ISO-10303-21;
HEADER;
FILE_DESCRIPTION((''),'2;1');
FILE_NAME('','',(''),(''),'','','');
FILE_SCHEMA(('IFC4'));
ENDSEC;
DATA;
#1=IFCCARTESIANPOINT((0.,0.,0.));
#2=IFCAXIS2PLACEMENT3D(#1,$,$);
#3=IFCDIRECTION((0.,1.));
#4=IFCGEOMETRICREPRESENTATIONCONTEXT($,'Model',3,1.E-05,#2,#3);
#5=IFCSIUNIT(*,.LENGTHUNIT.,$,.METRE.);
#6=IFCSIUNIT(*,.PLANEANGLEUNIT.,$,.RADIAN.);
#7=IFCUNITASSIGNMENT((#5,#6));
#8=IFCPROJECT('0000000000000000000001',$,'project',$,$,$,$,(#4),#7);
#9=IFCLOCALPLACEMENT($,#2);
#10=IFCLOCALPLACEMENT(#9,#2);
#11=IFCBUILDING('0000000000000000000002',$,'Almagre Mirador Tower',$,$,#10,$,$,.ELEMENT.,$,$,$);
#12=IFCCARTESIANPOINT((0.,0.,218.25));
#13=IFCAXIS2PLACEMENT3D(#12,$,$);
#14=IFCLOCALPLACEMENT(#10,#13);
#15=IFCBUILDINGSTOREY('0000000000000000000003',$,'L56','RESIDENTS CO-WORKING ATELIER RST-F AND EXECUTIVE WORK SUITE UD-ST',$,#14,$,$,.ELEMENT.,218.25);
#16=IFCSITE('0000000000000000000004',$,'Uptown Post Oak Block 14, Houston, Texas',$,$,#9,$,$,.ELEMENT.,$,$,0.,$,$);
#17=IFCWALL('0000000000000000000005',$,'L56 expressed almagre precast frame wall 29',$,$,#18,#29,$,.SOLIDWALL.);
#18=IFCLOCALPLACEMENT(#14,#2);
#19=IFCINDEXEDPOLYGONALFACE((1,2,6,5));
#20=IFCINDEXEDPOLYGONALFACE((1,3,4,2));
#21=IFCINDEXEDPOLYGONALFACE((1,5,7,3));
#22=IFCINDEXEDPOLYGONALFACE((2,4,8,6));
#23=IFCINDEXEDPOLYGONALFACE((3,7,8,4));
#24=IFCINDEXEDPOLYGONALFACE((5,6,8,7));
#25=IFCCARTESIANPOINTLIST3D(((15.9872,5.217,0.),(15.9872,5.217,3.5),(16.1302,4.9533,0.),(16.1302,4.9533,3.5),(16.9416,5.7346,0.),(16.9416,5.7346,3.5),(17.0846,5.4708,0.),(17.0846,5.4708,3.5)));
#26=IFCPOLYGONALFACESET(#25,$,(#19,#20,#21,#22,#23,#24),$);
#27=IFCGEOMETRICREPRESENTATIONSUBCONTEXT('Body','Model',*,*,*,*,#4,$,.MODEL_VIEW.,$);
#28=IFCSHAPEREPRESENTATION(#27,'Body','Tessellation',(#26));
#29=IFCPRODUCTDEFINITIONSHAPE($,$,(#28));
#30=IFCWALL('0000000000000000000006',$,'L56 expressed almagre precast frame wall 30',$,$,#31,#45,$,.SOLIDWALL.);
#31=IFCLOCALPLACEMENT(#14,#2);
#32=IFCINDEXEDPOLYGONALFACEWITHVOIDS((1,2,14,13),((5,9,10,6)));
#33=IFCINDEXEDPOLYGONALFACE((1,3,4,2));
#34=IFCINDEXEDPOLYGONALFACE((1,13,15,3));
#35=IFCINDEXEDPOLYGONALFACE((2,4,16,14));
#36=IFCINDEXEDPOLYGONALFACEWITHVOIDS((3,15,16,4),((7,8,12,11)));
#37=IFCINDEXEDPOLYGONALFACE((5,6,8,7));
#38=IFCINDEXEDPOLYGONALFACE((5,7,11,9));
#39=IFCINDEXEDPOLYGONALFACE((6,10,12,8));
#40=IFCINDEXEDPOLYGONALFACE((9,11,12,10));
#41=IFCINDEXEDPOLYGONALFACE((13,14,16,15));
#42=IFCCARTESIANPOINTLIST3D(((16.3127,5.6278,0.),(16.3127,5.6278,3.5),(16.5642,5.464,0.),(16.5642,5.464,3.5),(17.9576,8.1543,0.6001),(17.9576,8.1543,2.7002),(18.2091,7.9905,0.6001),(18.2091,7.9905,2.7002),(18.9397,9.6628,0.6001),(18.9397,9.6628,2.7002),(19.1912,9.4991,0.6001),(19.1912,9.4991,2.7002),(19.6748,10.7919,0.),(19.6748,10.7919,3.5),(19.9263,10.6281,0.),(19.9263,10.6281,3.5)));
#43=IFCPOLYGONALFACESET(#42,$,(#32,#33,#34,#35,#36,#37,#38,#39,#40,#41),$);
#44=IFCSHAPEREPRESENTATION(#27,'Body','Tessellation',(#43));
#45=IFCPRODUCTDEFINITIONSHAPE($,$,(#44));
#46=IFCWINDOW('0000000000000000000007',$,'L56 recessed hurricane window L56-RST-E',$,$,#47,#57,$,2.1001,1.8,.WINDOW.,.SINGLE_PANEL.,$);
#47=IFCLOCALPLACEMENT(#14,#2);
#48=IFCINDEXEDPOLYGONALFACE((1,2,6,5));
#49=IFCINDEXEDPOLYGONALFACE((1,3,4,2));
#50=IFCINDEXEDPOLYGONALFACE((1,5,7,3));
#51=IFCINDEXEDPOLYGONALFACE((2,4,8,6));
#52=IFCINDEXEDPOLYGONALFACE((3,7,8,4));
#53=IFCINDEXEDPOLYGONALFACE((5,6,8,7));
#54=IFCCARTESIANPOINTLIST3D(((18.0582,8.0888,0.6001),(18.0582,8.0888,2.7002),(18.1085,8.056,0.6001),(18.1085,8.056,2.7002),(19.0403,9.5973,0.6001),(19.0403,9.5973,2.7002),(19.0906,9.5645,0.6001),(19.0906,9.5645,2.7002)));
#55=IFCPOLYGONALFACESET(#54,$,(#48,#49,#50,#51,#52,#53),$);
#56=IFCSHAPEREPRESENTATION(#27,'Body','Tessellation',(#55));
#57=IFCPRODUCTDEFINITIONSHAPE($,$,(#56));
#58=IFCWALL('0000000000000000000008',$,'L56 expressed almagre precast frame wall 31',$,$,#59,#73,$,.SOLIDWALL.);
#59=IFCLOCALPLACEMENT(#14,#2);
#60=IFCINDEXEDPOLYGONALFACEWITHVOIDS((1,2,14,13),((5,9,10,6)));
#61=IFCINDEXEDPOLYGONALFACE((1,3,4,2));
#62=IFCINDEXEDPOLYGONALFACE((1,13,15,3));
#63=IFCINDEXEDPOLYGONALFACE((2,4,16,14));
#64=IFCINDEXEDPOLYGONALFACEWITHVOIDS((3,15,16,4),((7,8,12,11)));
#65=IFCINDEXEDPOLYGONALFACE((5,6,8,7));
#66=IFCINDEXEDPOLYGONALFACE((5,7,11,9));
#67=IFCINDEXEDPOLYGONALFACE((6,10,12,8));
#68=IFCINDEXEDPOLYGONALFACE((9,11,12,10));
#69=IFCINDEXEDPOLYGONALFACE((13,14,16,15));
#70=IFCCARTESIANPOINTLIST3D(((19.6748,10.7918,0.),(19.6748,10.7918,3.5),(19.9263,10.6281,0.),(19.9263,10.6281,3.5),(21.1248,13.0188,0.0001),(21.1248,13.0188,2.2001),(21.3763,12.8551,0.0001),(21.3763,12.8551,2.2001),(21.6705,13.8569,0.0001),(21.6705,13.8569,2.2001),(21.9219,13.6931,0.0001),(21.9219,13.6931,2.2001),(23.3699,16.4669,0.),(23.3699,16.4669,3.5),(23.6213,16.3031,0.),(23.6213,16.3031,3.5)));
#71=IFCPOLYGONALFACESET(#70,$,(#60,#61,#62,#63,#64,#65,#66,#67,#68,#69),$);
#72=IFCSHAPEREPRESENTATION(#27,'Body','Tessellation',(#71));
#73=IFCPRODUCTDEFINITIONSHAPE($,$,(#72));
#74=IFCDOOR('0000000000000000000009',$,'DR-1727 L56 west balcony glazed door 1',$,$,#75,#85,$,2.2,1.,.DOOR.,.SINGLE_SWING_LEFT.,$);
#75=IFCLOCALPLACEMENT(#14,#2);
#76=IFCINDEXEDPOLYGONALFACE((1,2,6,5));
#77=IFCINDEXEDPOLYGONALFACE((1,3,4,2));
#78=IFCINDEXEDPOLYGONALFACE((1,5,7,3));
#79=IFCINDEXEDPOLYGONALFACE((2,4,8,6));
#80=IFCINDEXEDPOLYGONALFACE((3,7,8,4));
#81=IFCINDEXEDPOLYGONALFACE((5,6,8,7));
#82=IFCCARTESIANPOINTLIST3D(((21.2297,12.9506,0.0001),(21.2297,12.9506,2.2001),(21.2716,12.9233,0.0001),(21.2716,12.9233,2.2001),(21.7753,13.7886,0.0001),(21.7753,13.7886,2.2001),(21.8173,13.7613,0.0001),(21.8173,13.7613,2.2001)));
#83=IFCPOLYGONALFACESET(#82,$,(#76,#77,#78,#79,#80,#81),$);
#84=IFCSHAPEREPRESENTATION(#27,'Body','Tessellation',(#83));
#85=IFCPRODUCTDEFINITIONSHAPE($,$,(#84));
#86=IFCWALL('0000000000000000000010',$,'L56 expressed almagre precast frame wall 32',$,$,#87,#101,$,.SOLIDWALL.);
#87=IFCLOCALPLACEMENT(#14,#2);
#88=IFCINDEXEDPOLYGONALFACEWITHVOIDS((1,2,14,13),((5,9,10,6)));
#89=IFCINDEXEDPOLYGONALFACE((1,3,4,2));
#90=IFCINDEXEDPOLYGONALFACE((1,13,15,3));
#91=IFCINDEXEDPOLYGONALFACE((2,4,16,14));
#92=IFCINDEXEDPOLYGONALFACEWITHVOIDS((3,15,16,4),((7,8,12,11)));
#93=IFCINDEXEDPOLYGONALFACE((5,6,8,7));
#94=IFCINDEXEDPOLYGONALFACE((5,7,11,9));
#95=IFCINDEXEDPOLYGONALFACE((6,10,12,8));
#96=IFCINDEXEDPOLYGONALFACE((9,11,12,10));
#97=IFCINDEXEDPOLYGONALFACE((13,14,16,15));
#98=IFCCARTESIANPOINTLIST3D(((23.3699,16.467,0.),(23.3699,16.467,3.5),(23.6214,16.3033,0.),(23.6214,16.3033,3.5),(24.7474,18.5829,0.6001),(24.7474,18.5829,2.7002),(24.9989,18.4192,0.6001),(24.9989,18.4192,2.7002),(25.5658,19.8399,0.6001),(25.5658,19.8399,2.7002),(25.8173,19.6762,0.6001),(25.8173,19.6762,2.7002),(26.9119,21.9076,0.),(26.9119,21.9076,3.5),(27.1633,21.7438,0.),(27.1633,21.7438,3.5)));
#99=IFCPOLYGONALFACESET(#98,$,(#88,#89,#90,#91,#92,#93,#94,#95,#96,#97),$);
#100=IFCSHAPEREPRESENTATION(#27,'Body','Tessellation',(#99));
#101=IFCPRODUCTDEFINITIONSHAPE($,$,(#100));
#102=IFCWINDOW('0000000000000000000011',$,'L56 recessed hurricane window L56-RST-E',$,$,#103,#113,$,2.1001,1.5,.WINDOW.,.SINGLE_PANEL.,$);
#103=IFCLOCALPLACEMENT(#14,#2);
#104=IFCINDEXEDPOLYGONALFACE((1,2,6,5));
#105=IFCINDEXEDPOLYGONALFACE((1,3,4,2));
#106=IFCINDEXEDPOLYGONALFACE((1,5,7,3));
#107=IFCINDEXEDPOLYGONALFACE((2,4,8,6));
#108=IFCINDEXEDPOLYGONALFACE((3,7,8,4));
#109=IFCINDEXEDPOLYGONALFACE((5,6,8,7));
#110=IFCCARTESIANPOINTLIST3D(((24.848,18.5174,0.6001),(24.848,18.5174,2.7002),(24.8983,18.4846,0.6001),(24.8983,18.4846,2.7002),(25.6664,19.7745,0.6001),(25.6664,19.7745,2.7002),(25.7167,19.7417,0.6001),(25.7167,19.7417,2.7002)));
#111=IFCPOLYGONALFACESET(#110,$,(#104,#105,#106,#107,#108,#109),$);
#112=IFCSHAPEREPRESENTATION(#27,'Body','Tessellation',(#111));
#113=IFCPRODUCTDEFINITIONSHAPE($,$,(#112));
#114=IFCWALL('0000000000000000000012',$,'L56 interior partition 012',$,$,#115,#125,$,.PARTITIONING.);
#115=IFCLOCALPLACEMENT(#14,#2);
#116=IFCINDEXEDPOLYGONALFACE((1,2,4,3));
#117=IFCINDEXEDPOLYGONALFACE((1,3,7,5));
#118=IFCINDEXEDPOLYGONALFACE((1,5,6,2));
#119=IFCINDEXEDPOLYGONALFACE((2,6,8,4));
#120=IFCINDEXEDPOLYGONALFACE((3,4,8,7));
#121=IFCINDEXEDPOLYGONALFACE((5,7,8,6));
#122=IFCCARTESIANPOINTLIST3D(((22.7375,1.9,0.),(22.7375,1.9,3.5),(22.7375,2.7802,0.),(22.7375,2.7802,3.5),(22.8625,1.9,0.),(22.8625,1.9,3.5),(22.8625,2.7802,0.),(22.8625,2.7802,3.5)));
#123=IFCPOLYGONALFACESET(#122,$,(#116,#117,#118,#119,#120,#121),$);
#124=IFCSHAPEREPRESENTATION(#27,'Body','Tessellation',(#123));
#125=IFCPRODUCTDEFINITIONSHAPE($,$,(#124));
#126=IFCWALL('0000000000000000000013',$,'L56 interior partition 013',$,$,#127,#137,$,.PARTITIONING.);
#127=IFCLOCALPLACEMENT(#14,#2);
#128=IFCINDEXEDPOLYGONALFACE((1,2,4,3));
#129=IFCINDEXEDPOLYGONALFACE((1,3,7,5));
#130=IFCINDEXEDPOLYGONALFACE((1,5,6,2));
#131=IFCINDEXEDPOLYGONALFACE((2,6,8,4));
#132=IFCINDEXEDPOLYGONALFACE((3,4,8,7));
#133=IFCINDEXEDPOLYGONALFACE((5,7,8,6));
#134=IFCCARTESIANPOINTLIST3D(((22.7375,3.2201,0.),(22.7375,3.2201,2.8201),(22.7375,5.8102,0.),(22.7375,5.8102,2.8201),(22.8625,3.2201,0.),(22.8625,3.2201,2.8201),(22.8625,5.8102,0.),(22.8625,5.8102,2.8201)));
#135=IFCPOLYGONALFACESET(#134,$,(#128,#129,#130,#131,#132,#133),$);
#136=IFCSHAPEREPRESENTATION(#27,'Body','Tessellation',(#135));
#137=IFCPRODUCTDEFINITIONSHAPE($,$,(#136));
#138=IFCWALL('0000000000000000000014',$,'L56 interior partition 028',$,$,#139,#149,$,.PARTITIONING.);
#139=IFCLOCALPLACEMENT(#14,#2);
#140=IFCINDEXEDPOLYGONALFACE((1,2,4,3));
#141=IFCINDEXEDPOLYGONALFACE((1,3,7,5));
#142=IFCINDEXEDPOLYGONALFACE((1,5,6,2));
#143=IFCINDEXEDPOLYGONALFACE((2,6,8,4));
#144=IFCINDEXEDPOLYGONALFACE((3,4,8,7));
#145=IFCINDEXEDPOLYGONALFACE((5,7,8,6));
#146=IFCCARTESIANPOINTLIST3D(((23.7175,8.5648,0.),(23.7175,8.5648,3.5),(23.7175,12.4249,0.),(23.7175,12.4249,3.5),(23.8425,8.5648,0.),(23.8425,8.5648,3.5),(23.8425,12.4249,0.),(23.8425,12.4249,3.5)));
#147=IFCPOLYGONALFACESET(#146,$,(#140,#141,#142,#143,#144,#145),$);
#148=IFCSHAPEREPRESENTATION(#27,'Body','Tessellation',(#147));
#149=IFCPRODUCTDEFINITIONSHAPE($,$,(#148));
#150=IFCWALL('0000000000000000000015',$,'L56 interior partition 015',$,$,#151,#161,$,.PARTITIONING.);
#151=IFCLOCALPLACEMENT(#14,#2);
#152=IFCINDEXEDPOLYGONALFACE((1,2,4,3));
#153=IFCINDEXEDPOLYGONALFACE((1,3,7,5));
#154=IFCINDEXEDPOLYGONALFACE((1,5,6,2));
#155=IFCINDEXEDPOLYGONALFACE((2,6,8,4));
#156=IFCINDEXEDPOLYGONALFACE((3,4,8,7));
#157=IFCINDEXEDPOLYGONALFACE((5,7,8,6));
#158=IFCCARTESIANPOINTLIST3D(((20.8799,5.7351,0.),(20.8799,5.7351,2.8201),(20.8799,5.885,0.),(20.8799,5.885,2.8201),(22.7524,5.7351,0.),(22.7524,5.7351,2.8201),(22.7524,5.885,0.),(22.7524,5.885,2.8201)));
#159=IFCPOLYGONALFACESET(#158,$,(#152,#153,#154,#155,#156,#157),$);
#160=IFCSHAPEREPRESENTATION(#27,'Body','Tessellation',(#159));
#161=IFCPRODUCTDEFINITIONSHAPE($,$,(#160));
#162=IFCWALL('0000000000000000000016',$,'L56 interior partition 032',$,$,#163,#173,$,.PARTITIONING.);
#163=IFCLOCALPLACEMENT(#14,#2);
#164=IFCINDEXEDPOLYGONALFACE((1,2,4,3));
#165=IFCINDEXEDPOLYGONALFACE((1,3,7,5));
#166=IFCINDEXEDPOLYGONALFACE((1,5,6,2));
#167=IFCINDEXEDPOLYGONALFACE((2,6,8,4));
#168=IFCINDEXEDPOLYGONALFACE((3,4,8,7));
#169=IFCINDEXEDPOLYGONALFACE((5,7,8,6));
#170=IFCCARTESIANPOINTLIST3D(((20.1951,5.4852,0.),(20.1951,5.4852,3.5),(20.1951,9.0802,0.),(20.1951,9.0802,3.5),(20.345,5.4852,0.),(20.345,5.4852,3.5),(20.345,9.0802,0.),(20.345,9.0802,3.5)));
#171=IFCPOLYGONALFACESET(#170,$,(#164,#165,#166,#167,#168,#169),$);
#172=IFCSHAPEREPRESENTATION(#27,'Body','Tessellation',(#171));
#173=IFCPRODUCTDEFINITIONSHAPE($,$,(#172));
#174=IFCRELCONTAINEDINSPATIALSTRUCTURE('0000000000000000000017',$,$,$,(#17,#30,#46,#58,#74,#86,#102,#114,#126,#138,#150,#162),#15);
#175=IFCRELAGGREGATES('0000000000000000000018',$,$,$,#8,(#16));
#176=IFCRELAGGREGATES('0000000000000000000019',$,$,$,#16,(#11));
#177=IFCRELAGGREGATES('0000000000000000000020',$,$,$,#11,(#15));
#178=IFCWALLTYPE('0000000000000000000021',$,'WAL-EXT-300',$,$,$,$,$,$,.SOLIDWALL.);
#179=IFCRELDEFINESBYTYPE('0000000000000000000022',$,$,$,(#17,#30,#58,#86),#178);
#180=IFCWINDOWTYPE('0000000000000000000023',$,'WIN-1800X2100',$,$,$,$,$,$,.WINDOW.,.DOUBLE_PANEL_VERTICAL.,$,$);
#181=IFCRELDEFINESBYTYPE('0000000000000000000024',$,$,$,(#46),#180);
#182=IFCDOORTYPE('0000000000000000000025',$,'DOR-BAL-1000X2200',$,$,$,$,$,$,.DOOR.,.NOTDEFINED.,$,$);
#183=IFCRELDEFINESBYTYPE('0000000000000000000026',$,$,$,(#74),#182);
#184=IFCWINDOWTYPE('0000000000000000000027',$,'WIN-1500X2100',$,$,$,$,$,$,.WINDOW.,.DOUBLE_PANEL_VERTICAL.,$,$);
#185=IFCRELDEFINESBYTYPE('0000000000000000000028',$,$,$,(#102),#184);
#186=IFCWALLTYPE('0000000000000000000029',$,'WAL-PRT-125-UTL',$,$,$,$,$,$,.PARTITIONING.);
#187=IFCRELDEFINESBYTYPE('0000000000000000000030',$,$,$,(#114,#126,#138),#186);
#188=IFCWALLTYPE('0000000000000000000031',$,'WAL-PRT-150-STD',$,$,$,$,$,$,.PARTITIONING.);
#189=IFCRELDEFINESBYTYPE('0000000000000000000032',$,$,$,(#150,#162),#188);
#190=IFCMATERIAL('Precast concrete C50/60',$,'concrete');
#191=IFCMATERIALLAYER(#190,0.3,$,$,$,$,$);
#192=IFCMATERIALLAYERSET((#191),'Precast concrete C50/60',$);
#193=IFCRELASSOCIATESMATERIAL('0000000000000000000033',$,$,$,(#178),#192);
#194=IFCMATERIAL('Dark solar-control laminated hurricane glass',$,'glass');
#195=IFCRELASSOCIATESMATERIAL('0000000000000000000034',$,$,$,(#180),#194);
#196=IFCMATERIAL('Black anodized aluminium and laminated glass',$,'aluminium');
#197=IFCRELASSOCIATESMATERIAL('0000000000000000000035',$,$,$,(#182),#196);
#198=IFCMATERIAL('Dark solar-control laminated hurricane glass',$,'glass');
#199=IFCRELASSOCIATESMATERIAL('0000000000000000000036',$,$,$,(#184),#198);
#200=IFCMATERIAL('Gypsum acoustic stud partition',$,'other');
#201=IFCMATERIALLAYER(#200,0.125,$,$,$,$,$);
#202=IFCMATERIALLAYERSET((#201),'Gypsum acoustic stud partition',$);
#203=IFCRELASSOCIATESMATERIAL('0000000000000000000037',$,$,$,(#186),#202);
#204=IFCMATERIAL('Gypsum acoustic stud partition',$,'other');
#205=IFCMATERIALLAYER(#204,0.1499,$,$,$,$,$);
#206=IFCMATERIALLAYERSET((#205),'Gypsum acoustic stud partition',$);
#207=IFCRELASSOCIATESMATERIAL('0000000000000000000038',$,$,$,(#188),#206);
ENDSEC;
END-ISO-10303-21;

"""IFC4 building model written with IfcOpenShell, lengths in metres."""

from ifc_helpers import new_model, si_unit, direction, frame, frame_2d, origin, place, context, subcontext, project, spatial, rectangle, extrude, material, layer, layer_set, type_object, element, fill, save


model = new_model("IFC4")

# Units and contexts
model_context = context("Model", 3, precision=1e-05, world=origin(), true_north=direction((0.0, 1.0)))
body_context = subcontext(model_context, "Body", "Model", "MODEL_VIEW")
ifc_project = project(units=[si_unit("LENGTHUNIT", "METRE"), si_unit("PLANEANGLEUNIT", "RADIAN")], contexts=[model_context])

# Site, building, storey
site_placement = place(None, origin())
site = spatial("IfcSite", under=ifc_project, at=site_placement, Name="Uptown Post Oak Block 14, Houston, Texas", CompositionType="ELEMENT", RefElevation=0.0)
building_placement = place(site_placement, origin())
building = spatial("IfcBuilding", under=site, at=building_placement, Name="Almagre Mirador Tower", CompositionType="ELEMENT")
storey_placement = place(building_placement, frame((0.0, 0.0, 218.25)))
storey = spatial("IfcBuildingStorey", under=building, at=storey_placement, Name="L56", Description="RESIDENTS CO-WORKING ATELIER RST-F AND EXECUTIVE WORK SUITE UD-ST", CompositionType="ELEMENT", Elevation=218.25)

# Shared definitions
ifc_material_1 = material(Name="Precast concrete C50/60", Category="concrete")
ifc_layer_1 = layer(ifc_material_1, 0.3)
ifc_layer_set_1 = layer_set([ifc_layer_1], Name="Precast concrete C50/60")
wall_type_1 = type_object("IfcWallType", Name="WAL-EXT-300", PredefinedType="SOLIDWALL", material=ifc_layer_set_1)

# Wall
wall_1_placement = place(storey_placement, frame((17.0132, 5.6028, 0.0), z_axis=(0.0, 0.0, 1.0), x_axis=(-0.879045, -0.476739, 0.0)))
element("IfcWall", 1, at=wall_1_placement, inside=storey, type_object=wall_type_1, Name="L56 expressed almagre precast frame wall 29", PredefinedType="SOLIDWALL", context=body_context, shape_type="SweptSolid", body=[
    extrude(rectangle(XDim=1.0857, YDim=0.3, at=frame_2d((0.543, 0.0))), origin(), (0.0, 0.0, 1.0), 3.5),
])

# Wall, opening, window
wall_2_placement = place(storey_placement, frame((16.4385, 5.5459, 0.0), z_axis=(0.0, 0.0, 1.0), x_axis=(0.545607, 0.838041, 0.0)))
wall_2 = element("IfcWall", 2, at=wall_2_placement, inside=storey, type_object=wall_type_1, Name="L56 expressed almagre precast frame wall 30", PredefinedType="SOLIDWALL", context=body_context, shape_type="SweptSolid", body=[
    extrude(rectangle(XDim=6.1621, YDim=0.3, at=frame_2d((3.0811, 0.0))), origin(), (0.0, 0.0, 1.0), 3.5),
])
opening_1_placement = place(wall_2_placement, frame((3.0149, 0.0, 0.6001)))
opening_1 = element("IfcOpeningElement", 3, at=opening_1_placement, cuts=wall_2, PredefinedType="OPENING", context=body_context, shape_type="SweptSolid", body=[
    extrude(rectangle(XDim=1.8, YDim=2.1001, at=frame_2d((0.8999, 1.05))), frame((0.0, 0.1599, 0.0), z_axis=(0.0, -1.0, 0.0), x_axis=(1.0, 0.0, 0.0)), (0.0, 0.0, 1.0), 0.32),
])
ifc_material_2 = material(Name="Dark solar-control laminated hurricane glass", Category="glass")
window_type_1 = type_object("IfcWindowType", Name="WIN-1800X2100", PartitioningType="DOUBLE_PANEL_VERTICAL", PredefinedType="WINDOW", material=ifc_material_2)
window_1_placement = place(opening_1_placement, origin())
window_1 = element("IfcWindow", 4, at=window_1_placement, inside=storey, type_object=window_type_1, Name="L56 recessed hurricane window L56-RST-E", OverallHeight=2.1001, OverallWidth=1.8, PartitioningType="SINGLE_PANEL", PredefinedType="WINDOW", context=body_context, shape_type="SweptSolid", body=[
    extrude(rectangle(XDim=1.8, YDim=2.1001, at=frame_2d((0.8999, 1.05))), frame((0.0, 0.03, 0.0), z_axis=(0.0, -1.0, 0.0), x_axis=(1.0, 0.0, 0.0)), (0.0, 0.0, 1.0), 0.0601),
])
fill(opening_1, window_1)

# Wall, opening, door
wall_3_placement = place(storey_placement, frame((19.8005, 10.71, 0.0), z_axis=(0.0, 0.0, 1.0), x_axis=(0.545641, 0.838019, 0.0)))
wall_3 = element("IfcWall", 5, at=wall_3_placement, inside=storey, type_object=wall_type_1, Name="L56 expressed almagre precast frame wall 31", PredefinedType="SOLIDWALL", context=body_context, shape_type="SweptSolid", body=[
    extrude(rectangle(XDim=6.772, YDim=0.3, at=frame_2d((3.386, 0.0))), origin(), (0.0, 0.0, 1.0), 3.5),
])
opening_2_placement = place(wall_3_placement, frame((2.6575, 0.0, 0.0)))
opening_2 = element("IfcOpeningElement", 6, at=opening_2_placement, cuts=wall_3, PredefinedType="OPENING", context=body_context, shape_type="SweptSolid", body=[
    extrude(rectangle(XDim=1.0, YDim=2.2, at=frame_2d((0.5, 1.1001))), frame((0.0, 0.1599, 0.0), z_axis=(0.0, -1.0, 0.0), x_axis=(1.0, 0.0, 0.0)), (0.0, 0.0, 1.0), 0.32),
])
ifc_material_3 = material(Name="Black anodized aluminium and laminated glass", Category="aluminium")
door_type = type_object("IfcDoorType", Name="DOR-BAL-1000X2200", OperationType="NOTDEFINED", PredefinedType="DOOR", material=ifc_material_3)
door_placement = place(opening_2_placement, origin())
door = element("IfcDoor", 7, at=door_placement, inside=storey, type_object=door_type, Name="DR-1727 L56 west balcony glazed door 1", OperationType="SINGLE_SWING_LEFT", OverallHeight=2.2, OverallWidth=1.0, PredefinedType="DOOR", context=body_context, shape_type="SweptSolid", body=[
    extrude(rectangle(XDim=1.0, YDim=2.2, at=frame_2d((0.5, 1.1001))), frame((0.0, 0.0249, 0.0), z_axis=(0.0, -1.0, 0.0), x_axis=(1.0, 0.0, 0.0)), (0.0, 0.0, 1.0), 0.05),
])
fill(opening_2, door)

# Wall, opening, window
wall_4_placement = place(storey_placement, frame((23.4956, 16.385, 0.0), z_axis=(0.0, 0.0, 1.0), x_axis=(0.54559, 0.838052, 0.0)))
wall_4 = element("IfcWall", 8, at=wall_4_placement, inside=storey, type_object=wall_type_1, Name="L56 expressed almagre precast frame wall 32", PredefinedType="SOLIDWALL", context=body_context, shape_type="SweptSolid", body=[
    extrude(rectangle(XDim=6.4919, YDim=0.3, at=frame_2d((3.2461, 0.0))), origin(), (0.0, 0.0, 1.0), 3.5),
])
opening_3_placement = place(wall_4_placement, frame((2.5249, 0.0, 0.6001)))
opening_3 = element("IfcOpeningElement", 9, at=opening_3_placement, cuts=wall_4, PredefinedType="OPENING", context=body_context, shape_type="SweptSolid", body=[
    extrude(rectangle(XDim=1.5, YDim=2.1001, at=frame_2d((0.75, 1.05))), frame((0.0, 0.1599, 0.0), z_axis=(0.0, -1.0, 0.0), x_axis=(1.0, 0.0, 0.0)), (0.0, 0.0, 1.0), 0.32),
])
ifc_material_4 = material(Name="Dark solar-control laminated hurricane glass", Category="glass")
window_type_2 = type_object("IfcWindowType", Name="WIN-1500X2100", PartitioningType="DOUBLE_PANEL_VERTICAL", PredefinedType="WINDOW", material=ifc_material_4)
window_2_placement = place(opening_3_placement, origin())
window_2 = element("IfcWindow", 10, at=window_2_placement, inside=storey, type_object=window_type_2, Name="L56 recessed hurricane window L56-RST-E", OverallHeight=2.1001, OverallWidth=1.5, PartitioningType="SINGLE_PANEL", PredefinedType="WINDOW", context=body_context, shape_type="SweptSolid", body=[
    extrude(rectangle(XDim=1.5, YDim=2.1001, at=frame_2d((0.75, 1.05))), frame((0.0, 0.03, 0.0), z_axis=(0.0, -1.0, 0.0), x_axis=(1.0, 0.0, 0.0)), (0.0, 0.0, 1.0), 0.0601),
])
fill(opening_3, window_2)

# Walls
ifc_material_5 = material(Name="Gypsum acoustic stud partition", Category="other")
ifc_layer_2 = layer(ifc_material_5, 0.125)
ifc_layer_set_2 = layer_set([ifc_layer_2], Name="Gypsum acoustic stud partition")
wall_type_2 = type_object("IfcWallType", Name="WAL-PRT-125-UTL", PredefinedType="PARTITIONING", material=ifc_layer_set_2)
wall_5_placement = place(storey_placement, frame((22.8, 2.78, 0.0), z_axis=(0.0, 0.0, 1.0), x_axis=(0.0, -1.0, 0.0)))
element("IfcWall", 11, at=wall_5_placement, inside=storey, type_object=wall_type_2, Name="L56 interior partition 012", PredefinedType="PARTITIONING", context=body_context, shape_type="SweptSolid", body=[
    extrude(rectangle(XDim=0.8801, YDim=0.125, at=frame_2d((0.4399, 0.0))), origin(), (0.0, 0.0, 1.0), 3.5),
])
wall_6_placement = place(storey_placement, frame((22.8, 5.8101, 0.0), z_axis=(0.0, 0.0, 1.0), x_axis=(0.0, -1.0, 0.0)))
element("IfcWall", 12, at=wall_6_placement, inside=storey, type_object=wall_type_2, Name="L56 interior partition 013", PredefinedType="PARTITIONING", context=body_context, shape_type="SweptSolid", body=[
    extrude(rectangle(XDim=2.5901, YDim=0.125, at=frame_2d((1.2949, 0.0))), origin(), (0.0, 0.0, 1.0), 2.8201),
])
wall_7_placement = place(storey_placement, frame((23.78, 12.425, 0.0), z_axis=(0.0, 0.0, 1.0), x_axis=(0.0, -1.0, 0.0)))
element("IfcWall", 13, at=wall_7_placement, inside=storey, type_object=wall_type_2, Name="L56 interior partition 028", PredefinedType="PARTITIONING", context=body_context, shape_type="SweptSolid", body=[
    extrude(rectangle(XDim=3.8601, YDim=0.125, at=frame_2d((1.9302, 0.0))), origin(), (0.0, 0.0, 1.0), 3.5),
])
ifc_material_6 = material(Name="Gypsum acoustic stud partition", Category="other")
ifc_layer_3 = layer(ifc_material_6, 0.1499)
ifc_layer_set_3 = layer_set([ifc_layer_3], Name="Gypsum acoustic stud partition")
wall_type_3 = type_object("IfcWallType", Name="WAL-PRT-150-STD", PredefinedType="PARTITIONING", material=ifc_layer_set_3)
wall_8_placement = place(storey_placement, frame((22.7524, 5.8101, 0.0), z_axis=(0.0, 0.0, 1.0), x_axis=(-1.0, 0.0, 0.0)))
element("IfcWall", 14, at=wall_8_placement, inside=storey, type_object=wall_type_3, Name="L56 interior partition 015", PredefinedType="PARTITIONING", context=body_context, shape_type="SweptSolid", body=[
    extrude(rectangle(XDim=1.8726, YDim=0.1499, at=frame_2d((0.9363, 0.0))), origin(), (0.0, 0.0, 1.0), 2.8201),
])
wall_9_placement = place(storey_placement, frame((20.27, 9.0801, 0.0), z_axis=(0.0, 0.0, 1.0), x_axis=(0.0, -1.0, 0.0)))
element("IfcWall", 15, at=wall_9_placement, inside=storey, type_object=wall_type_3, Name="L56 interior partition 032", PredefinedType="PARTITIONING", context=body_context, shape_type="SweptSolid", body=[
    extrude(rectangle(XDim=3.595, YDim=0.1499, at=frame_2d((1.7974, 0.0))), origin(), (0.0, 0.0, 1.0), 3.5),
])

save(model, "model.ifc")
